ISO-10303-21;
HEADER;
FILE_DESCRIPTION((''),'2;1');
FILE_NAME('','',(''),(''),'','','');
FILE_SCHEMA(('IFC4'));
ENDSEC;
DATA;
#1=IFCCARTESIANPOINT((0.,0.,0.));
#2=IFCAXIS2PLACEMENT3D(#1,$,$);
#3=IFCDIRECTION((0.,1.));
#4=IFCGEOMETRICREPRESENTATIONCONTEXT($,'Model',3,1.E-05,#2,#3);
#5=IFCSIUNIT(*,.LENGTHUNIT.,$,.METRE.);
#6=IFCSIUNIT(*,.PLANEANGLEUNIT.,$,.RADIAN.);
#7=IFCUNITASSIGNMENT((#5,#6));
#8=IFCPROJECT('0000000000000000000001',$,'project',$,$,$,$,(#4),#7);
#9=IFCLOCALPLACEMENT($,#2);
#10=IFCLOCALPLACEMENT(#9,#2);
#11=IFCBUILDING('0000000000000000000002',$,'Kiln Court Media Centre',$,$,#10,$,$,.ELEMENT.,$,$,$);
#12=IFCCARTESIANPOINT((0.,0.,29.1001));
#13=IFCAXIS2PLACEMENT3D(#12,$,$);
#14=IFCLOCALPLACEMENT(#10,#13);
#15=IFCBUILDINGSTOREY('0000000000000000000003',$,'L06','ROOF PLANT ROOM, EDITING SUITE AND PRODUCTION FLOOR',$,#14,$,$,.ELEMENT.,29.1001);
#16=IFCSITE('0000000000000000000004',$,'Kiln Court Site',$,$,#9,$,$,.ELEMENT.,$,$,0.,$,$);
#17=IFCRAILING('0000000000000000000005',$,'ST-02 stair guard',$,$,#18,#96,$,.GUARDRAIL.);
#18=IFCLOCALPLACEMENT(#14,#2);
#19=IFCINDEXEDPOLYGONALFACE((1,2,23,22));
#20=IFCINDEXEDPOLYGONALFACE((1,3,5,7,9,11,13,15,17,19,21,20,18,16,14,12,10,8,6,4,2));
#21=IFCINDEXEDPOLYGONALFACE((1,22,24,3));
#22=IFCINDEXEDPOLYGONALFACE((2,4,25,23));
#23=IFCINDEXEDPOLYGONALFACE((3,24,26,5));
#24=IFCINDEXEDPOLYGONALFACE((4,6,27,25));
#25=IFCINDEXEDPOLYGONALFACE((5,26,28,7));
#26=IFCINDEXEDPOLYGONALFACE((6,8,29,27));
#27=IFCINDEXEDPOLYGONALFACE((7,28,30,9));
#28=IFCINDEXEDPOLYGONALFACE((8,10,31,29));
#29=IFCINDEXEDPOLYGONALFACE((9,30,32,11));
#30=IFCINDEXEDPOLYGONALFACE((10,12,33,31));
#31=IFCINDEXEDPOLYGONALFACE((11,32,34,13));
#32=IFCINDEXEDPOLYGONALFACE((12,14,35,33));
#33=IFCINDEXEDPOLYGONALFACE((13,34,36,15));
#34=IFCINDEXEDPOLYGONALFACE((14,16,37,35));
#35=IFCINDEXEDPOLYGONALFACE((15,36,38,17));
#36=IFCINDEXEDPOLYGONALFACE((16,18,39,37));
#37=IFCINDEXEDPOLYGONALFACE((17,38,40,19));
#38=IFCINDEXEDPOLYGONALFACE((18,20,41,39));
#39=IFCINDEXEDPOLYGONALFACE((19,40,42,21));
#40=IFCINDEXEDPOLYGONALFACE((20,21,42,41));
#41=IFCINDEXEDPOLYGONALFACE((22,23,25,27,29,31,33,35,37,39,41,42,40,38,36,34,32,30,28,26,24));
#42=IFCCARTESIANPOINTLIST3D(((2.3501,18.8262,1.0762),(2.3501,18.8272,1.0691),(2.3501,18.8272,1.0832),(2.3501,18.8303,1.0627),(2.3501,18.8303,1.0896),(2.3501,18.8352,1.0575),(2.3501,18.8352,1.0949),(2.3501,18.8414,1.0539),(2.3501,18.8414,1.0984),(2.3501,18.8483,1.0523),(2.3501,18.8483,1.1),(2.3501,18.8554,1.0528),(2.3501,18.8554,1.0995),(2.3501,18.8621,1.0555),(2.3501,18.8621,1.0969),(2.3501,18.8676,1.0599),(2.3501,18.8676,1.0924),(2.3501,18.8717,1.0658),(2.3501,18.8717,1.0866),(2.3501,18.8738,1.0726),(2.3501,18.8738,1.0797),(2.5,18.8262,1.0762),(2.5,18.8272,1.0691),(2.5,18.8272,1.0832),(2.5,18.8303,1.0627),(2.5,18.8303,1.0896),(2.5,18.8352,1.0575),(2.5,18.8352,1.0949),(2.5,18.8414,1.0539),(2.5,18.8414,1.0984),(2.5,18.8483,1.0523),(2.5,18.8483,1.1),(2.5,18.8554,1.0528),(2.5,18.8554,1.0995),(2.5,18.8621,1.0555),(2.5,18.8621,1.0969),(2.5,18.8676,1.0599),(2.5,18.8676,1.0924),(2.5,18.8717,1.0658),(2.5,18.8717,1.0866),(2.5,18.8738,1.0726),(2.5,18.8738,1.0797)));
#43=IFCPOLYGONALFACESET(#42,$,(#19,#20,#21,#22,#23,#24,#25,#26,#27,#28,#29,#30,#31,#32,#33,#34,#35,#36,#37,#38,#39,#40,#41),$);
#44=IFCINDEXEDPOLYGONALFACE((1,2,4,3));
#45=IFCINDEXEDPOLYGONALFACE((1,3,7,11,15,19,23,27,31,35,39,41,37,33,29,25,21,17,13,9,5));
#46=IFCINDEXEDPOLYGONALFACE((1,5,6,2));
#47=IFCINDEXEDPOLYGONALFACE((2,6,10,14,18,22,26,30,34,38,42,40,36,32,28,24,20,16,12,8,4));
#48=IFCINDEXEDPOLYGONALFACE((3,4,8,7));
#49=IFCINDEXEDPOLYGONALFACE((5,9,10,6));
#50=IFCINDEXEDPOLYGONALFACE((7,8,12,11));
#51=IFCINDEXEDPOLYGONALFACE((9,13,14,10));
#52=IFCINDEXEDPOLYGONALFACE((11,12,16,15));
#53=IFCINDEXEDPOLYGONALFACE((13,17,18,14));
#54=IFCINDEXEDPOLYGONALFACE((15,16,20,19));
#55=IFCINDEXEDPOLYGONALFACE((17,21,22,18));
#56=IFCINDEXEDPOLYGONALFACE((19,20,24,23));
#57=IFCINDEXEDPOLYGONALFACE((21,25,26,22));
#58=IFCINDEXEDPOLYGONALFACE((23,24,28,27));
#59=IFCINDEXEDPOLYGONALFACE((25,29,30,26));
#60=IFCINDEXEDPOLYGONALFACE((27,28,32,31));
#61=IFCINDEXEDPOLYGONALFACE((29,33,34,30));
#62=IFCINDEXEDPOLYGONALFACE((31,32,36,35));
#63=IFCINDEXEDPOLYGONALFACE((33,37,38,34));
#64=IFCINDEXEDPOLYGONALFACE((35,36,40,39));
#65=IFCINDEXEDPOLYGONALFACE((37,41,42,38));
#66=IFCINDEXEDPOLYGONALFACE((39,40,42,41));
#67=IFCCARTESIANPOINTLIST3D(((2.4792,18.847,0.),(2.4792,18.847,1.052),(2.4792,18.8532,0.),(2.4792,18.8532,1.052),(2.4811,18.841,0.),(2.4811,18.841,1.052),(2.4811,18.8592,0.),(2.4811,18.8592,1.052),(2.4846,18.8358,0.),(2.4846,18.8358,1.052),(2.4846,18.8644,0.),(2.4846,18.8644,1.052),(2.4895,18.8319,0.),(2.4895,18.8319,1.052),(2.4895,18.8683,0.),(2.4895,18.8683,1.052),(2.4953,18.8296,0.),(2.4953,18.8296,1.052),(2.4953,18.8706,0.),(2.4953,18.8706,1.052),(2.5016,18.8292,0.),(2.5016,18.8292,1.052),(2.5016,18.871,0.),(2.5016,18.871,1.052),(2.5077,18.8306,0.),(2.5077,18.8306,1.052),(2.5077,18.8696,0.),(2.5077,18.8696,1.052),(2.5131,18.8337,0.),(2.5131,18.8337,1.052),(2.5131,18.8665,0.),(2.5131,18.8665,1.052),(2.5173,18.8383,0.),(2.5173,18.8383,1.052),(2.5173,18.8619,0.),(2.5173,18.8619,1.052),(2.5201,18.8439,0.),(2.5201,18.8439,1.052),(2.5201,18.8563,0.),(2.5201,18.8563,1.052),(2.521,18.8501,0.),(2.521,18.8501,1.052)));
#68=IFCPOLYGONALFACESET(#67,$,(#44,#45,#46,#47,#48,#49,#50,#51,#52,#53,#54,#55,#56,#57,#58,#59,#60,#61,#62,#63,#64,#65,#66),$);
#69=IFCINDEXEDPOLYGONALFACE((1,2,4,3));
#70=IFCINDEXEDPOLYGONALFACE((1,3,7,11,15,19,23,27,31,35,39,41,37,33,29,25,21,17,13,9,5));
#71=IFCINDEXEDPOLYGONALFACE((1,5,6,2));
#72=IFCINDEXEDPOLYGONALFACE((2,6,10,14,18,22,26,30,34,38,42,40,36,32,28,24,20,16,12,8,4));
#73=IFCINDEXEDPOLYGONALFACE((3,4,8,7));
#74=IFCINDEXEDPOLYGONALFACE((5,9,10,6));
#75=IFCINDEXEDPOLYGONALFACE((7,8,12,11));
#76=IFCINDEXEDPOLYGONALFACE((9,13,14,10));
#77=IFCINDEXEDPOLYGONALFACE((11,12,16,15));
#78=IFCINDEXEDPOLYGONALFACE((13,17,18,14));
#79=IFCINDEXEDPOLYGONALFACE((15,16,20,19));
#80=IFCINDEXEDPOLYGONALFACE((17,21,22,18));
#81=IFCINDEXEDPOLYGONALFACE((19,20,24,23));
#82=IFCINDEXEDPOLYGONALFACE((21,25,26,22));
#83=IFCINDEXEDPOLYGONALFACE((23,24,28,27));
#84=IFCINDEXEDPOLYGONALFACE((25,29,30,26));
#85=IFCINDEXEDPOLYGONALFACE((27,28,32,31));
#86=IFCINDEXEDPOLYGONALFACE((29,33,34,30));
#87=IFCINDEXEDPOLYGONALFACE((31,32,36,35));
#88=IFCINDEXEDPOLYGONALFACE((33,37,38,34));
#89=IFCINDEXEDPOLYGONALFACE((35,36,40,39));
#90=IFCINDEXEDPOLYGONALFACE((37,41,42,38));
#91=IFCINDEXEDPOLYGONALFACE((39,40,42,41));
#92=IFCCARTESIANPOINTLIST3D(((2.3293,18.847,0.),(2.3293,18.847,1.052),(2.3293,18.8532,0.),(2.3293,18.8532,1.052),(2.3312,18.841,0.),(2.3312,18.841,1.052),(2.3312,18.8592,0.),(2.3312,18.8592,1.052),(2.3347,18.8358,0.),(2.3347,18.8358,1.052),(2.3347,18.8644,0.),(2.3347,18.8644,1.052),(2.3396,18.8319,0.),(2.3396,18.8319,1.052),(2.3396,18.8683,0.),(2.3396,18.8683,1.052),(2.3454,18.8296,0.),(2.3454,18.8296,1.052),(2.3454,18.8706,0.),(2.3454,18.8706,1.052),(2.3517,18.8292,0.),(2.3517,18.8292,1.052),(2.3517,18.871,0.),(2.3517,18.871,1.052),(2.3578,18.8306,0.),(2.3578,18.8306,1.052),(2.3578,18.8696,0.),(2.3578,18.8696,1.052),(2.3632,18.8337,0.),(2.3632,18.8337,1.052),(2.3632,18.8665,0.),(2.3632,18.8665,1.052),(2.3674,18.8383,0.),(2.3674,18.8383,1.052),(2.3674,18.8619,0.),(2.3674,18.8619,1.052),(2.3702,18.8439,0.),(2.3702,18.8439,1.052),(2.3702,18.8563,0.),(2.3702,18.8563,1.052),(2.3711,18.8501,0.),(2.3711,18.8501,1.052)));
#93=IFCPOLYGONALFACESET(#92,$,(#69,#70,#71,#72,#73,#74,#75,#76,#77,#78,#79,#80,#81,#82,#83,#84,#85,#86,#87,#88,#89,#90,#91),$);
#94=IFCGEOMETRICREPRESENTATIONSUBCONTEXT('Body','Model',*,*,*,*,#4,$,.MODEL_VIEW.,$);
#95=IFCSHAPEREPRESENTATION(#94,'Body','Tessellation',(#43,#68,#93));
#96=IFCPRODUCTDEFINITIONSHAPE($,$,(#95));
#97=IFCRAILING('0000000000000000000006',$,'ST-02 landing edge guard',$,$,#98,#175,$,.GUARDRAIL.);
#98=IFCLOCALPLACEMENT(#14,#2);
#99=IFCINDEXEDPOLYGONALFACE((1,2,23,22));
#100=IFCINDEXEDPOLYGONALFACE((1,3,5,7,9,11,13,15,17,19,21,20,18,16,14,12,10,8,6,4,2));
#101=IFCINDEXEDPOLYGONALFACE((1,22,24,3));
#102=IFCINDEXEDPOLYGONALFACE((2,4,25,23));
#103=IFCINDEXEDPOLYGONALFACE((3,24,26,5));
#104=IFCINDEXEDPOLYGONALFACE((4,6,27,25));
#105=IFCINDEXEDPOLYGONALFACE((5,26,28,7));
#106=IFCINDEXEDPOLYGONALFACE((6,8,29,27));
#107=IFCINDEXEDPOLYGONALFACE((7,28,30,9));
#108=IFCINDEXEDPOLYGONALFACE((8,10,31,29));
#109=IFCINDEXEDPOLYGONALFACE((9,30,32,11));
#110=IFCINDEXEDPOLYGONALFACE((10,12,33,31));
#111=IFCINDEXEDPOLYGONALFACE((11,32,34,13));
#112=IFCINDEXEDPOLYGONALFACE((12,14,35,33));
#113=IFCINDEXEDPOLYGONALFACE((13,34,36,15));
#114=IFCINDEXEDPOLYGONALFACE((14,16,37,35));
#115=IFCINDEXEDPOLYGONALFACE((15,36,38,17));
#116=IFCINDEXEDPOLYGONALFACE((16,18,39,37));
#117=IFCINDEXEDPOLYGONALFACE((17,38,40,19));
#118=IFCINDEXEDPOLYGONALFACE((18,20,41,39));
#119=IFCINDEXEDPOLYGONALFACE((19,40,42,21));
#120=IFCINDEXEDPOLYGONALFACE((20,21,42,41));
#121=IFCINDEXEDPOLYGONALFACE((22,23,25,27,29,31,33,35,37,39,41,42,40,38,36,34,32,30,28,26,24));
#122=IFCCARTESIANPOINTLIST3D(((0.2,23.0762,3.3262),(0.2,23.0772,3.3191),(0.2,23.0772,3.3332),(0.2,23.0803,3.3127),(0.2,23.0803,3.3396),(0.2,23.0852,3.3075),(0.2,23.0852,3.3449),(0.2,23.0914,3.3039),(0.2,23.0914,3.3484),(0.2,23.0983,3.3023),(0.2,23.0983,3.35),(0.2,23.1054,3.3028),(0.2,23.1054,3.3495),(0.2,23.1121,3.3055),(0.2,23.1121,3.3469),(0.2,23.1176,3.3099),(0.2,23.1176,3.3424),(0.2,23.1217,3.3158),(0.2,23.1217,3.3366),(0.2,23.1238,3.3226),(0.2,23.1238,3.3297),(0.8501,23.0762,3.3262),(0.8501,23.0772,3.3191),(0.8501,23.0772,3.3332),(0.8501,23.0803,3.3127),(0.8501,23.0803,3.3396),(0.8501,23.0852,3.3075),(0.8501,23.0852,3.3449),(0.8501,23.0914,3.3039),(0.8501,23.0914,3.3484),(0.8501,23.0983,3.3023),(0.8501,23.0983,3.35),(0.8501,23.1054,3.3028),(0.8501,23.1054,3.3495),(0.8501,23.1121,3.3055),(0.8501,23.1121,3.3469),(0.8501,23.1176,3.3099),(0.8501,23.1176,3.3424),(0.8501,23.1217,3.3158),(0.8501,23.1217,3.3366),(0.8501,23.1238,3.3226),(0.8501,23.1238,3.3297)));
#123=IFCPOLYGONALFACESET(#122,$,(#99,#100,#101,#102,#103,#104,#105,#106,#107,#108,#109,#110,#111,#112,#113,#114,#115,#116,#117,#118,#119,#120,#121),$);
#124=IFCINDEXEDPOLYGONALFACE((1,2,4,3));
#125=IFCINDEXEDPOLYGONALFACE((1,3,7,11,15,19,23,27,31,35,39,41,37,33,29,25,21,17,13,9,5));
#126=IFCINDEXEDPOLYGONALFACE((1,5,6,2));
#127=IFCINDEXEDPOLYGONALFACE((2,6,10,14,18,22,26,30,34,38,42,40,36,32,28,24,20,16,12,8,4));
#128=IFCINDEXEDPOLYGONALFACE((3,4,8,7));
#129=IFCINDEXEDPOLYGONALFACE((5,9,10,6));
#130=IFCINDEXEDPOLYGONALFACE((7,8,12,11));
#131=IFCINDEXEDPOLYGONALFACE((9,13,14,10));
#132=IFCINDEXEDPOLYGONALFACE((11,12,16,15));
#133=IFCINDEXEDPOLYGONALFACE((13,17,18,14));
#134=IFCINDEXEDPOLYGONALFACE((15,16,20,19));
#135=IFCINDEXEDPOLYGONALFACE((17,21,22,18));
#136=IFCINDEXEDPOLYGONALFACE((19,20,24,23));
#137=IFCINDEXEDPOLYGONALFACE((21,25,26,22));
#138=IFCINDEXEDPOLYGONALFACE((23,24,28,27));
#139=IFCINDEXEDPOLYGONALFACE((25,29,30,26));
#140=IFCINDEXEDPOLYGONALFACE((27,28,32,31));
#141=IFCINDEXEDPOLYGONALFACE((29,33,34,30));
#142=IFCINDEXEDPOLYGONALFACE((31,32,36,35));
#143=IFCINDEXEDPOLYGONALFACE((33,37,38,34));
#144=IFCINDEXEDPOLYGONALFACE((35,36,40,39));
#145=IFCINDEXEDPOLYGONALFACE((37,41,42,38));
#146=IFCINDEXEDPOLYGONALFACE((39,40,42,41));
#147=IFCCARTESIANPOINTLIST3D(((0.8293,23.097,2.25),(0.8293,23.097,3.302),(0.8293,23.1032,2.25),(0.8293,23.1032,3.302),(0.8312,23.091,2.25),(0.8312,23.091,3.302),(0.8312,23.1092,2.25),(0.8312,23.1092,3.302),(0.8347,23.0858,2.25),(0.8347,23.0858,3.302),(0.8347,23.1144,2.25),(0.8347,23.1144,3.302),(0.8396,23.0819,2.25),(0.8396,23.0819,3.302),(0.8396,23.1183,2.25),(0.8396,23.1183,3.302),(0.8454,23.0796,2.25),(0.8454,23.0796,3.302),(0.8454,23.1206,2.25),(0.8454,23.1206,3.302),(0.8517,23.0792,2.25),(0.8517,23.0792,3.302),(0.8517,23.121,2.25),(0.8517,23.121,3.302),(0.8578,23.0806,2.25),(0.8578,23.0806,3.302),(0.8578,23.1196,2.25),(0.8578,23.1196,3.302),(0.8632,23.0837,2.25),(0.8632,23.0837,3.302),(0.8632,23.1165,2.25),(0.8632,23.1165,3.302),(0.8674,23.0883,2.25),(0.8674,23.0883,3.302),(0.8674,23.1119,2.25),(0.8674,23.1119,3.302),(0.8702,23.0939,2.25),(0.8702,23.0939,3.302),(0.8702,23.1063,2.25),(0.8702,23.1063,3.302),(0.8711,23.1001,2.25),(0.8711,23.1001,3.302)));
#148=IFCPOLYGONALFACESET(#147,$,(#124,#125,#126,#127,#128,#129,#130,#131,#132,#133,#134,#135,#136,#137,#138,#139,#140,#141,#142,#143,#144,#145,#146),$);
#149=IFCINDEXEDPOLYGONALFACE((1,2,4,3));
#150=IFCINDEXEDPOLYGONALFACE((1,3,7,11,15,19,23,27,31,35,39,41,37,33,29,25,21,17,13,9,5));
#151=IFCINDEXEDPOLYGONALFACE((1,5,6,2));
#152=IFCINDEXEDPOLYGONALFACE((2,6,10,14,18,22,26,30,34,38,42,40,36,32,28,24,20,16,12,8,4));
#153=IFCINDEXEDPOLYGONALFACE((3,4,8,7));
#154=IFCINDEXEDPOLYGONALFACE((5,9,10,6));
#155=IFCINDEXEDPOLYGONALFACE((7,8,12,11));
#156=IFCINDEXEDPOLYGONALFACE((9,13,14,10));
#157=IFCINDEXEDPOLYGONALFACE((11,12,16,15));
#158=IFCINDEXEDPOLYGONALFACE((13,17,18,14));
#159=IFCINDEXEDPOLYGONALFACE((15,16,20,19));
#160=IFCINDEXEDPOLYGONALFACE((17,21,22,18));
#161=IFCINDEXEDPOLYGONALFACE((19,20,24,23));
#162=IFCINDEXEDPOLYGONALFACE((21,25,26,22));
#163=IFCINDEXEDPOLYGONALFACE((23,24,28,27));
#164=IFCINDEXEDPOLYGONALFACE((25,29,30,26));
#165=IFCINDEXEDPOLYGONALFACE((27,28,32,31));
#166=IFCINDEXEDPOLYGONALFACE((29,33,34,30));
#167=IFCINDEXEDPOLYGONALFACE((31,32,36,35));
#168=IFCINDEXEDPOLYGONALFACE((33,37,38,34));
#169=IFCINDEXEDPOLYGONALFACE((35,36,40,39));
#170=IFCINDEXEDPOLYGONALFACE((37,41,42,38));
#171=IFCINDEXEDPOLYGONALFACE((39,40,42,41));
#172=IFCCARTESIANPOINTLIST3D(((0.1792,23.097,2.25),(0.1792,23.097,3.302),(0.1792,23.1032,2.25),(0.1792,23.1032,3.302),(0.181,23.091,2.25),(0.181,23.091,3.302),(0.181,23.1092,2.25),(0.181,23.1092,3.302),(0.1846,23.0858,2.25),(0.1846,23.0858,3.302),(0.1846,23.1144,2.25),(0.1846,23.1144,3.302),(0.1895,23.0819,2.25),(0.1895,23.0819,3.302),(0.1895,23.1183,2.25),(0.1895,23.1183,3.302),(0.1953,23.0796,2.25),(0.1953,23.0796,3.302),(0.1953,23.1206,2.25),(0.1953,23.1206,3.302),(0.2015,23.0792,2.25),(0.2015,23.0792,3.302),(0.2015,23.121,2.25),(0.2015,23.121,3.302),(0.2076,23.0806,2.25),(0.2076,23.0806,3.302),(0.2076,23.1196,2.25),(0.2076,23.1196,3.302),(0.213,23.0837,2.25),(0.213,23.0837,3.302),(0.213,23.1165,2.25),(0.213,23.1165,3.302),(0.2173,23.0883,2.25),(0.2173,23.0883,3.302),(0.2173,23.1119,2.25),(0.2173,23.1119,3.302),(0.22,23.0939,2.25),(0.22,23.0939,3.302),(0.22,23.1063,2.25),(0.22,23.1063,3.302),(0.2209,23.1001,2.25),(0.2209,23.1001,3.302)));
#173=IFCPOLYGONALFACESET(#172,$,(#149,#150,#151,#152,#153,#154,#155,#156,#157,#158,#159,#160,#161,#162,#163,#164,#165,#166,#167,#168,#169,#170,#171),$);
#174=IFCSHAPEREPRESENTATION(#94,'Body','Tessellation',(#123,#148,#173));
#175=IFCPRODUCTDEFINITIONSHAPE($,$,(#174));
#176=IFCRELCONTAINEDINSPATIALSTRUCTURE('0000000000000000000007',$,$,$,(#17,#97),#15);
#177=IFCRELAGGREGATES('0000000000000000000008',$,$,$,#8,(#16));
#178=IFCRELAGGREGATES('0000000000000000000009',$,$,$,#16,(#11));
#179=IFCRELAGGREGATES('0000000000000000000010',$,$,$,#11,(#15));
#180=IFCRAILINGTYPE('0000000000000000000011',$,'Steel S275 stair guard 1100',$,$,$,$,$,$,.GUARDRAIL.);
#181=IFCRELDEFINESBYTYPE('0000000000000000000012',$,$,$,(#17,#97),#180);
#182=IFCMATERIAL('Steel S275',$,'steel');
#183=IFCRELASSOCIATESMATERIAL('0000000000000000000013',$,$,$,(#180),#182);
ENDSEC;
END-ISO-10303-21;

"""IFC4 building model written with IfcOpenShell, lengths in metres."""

from ifc_helpers import new_model, si_unit, direction, frame, origin, origin_2d, place, context, subcontext, project, spatial, circle, extrude, material, type_object, element, save


model = new_model("IFC4")

# Units and contexts
model_context = context("Model", 3, precision=1e-05, world=origin(), true_north=direction((0.0, 1.0)))
body_context = subcontext(model_context, "Body", "Model", "MODEL_VIEW")
ifc_project = project(units=[si_unit("LENGTHUNIT", "METRE"), si_unit("PLANEANGLEUNIT", "RADIAN")], contexts=[model_context])

# Site, building, storey
site_placement = place(None, origin())
site = spatial("IfcSite", under=ifc_project, at=site_placement, Name="Kiln Court Site", CompositionType="ELEMENT", RefElevation=0.0)
building_placement = place(site_placement, origin())
building = spatial("IfcBuilding", under=site, at=building_placement, Name="Kiln Court Media Centre", CompositionType="ELEMENT")
storey_placement = place(building_placement, frame((0.0, 0.0, 29.1001)))
storey = spatial("IfcBuildingStorey", under=building, at=storey_placement, Name="L06", Description="ROOF PLANT ROOM, EDITING SUITE AND PRODUCTION FLOOR", CompositionType="ELEMENT", Elevation=29.1001)

# Railings
ifc_material_1 = material(Name="Steel S275", Category="steel")
railing_type_1 = type_object("IfcRailingType", Name="Steel S275 stair guard 1100", PredefinedType="GUARDRAIL", material=ifc_material_1)
railing_1_placement = place(storey_placement, frame((2.5, 18.8501, 0.0)))
element("IfcRailing", 1, at=railing_1_placement, inside=storey, type_object=railing_type_1, Name="ST-02 stair guard", PredefinedType="GUARDRAIL", context=body_context, shape_type="SweptSolid", body=[
    extrude(circle(Radius=0.0239, at=origin_2d()), frame((0.0, 0.0, 1.0762), z_axis=(-1.0, 0.0, 0.0), x_axis=(0.0, -1.0, 0.0)), (0.0, 0.0, 1.0), 0.1499),
    extrude(circle(Radius=0.021, at=origin_2d()), origin(), (0.0, 0.0, 1.0), 1.052),
    extrude(circle(Radius=0.021, at=origin_2d()), frame((-0.1499, 0.0, 0.0)), (0.0, 0.0, 1.0), 1.052),
])
for number, where, name in (
    (2, (0.8501, 23.1001, 2.25), "ST-02 landing edge guard"),
):
    element("IfcRailing", number, at=place(storey_placement, frame(where)), inside=storey, type_object=railing_type_1, Name=name, PredefinedType="GUARDRAIL", context=body_context, shape_type="SweptSolid", body=[
        extrude(circle(Radius=0.0239, at=origin_2d()), frame((0.0, 0.0, 1.0762), z_axis=(-1.0, 0.0, 0.0), x_axis=(0.0, -1.0, 0.0)), (0.0, 0.0, 1.0), 0.6501),
        extrude(circle(Radius=0.021, at=origin_2d()), origin(), (0.0, 0.0, 1.0), 1.052),
        extrude(circle(Radius=0.021, at=origin_2d()), frame((-0.6501, 0.0, 0.0)), (0.0, 0.0, 1.0), 1.052),
    ])

save(model, "model.ifc")
